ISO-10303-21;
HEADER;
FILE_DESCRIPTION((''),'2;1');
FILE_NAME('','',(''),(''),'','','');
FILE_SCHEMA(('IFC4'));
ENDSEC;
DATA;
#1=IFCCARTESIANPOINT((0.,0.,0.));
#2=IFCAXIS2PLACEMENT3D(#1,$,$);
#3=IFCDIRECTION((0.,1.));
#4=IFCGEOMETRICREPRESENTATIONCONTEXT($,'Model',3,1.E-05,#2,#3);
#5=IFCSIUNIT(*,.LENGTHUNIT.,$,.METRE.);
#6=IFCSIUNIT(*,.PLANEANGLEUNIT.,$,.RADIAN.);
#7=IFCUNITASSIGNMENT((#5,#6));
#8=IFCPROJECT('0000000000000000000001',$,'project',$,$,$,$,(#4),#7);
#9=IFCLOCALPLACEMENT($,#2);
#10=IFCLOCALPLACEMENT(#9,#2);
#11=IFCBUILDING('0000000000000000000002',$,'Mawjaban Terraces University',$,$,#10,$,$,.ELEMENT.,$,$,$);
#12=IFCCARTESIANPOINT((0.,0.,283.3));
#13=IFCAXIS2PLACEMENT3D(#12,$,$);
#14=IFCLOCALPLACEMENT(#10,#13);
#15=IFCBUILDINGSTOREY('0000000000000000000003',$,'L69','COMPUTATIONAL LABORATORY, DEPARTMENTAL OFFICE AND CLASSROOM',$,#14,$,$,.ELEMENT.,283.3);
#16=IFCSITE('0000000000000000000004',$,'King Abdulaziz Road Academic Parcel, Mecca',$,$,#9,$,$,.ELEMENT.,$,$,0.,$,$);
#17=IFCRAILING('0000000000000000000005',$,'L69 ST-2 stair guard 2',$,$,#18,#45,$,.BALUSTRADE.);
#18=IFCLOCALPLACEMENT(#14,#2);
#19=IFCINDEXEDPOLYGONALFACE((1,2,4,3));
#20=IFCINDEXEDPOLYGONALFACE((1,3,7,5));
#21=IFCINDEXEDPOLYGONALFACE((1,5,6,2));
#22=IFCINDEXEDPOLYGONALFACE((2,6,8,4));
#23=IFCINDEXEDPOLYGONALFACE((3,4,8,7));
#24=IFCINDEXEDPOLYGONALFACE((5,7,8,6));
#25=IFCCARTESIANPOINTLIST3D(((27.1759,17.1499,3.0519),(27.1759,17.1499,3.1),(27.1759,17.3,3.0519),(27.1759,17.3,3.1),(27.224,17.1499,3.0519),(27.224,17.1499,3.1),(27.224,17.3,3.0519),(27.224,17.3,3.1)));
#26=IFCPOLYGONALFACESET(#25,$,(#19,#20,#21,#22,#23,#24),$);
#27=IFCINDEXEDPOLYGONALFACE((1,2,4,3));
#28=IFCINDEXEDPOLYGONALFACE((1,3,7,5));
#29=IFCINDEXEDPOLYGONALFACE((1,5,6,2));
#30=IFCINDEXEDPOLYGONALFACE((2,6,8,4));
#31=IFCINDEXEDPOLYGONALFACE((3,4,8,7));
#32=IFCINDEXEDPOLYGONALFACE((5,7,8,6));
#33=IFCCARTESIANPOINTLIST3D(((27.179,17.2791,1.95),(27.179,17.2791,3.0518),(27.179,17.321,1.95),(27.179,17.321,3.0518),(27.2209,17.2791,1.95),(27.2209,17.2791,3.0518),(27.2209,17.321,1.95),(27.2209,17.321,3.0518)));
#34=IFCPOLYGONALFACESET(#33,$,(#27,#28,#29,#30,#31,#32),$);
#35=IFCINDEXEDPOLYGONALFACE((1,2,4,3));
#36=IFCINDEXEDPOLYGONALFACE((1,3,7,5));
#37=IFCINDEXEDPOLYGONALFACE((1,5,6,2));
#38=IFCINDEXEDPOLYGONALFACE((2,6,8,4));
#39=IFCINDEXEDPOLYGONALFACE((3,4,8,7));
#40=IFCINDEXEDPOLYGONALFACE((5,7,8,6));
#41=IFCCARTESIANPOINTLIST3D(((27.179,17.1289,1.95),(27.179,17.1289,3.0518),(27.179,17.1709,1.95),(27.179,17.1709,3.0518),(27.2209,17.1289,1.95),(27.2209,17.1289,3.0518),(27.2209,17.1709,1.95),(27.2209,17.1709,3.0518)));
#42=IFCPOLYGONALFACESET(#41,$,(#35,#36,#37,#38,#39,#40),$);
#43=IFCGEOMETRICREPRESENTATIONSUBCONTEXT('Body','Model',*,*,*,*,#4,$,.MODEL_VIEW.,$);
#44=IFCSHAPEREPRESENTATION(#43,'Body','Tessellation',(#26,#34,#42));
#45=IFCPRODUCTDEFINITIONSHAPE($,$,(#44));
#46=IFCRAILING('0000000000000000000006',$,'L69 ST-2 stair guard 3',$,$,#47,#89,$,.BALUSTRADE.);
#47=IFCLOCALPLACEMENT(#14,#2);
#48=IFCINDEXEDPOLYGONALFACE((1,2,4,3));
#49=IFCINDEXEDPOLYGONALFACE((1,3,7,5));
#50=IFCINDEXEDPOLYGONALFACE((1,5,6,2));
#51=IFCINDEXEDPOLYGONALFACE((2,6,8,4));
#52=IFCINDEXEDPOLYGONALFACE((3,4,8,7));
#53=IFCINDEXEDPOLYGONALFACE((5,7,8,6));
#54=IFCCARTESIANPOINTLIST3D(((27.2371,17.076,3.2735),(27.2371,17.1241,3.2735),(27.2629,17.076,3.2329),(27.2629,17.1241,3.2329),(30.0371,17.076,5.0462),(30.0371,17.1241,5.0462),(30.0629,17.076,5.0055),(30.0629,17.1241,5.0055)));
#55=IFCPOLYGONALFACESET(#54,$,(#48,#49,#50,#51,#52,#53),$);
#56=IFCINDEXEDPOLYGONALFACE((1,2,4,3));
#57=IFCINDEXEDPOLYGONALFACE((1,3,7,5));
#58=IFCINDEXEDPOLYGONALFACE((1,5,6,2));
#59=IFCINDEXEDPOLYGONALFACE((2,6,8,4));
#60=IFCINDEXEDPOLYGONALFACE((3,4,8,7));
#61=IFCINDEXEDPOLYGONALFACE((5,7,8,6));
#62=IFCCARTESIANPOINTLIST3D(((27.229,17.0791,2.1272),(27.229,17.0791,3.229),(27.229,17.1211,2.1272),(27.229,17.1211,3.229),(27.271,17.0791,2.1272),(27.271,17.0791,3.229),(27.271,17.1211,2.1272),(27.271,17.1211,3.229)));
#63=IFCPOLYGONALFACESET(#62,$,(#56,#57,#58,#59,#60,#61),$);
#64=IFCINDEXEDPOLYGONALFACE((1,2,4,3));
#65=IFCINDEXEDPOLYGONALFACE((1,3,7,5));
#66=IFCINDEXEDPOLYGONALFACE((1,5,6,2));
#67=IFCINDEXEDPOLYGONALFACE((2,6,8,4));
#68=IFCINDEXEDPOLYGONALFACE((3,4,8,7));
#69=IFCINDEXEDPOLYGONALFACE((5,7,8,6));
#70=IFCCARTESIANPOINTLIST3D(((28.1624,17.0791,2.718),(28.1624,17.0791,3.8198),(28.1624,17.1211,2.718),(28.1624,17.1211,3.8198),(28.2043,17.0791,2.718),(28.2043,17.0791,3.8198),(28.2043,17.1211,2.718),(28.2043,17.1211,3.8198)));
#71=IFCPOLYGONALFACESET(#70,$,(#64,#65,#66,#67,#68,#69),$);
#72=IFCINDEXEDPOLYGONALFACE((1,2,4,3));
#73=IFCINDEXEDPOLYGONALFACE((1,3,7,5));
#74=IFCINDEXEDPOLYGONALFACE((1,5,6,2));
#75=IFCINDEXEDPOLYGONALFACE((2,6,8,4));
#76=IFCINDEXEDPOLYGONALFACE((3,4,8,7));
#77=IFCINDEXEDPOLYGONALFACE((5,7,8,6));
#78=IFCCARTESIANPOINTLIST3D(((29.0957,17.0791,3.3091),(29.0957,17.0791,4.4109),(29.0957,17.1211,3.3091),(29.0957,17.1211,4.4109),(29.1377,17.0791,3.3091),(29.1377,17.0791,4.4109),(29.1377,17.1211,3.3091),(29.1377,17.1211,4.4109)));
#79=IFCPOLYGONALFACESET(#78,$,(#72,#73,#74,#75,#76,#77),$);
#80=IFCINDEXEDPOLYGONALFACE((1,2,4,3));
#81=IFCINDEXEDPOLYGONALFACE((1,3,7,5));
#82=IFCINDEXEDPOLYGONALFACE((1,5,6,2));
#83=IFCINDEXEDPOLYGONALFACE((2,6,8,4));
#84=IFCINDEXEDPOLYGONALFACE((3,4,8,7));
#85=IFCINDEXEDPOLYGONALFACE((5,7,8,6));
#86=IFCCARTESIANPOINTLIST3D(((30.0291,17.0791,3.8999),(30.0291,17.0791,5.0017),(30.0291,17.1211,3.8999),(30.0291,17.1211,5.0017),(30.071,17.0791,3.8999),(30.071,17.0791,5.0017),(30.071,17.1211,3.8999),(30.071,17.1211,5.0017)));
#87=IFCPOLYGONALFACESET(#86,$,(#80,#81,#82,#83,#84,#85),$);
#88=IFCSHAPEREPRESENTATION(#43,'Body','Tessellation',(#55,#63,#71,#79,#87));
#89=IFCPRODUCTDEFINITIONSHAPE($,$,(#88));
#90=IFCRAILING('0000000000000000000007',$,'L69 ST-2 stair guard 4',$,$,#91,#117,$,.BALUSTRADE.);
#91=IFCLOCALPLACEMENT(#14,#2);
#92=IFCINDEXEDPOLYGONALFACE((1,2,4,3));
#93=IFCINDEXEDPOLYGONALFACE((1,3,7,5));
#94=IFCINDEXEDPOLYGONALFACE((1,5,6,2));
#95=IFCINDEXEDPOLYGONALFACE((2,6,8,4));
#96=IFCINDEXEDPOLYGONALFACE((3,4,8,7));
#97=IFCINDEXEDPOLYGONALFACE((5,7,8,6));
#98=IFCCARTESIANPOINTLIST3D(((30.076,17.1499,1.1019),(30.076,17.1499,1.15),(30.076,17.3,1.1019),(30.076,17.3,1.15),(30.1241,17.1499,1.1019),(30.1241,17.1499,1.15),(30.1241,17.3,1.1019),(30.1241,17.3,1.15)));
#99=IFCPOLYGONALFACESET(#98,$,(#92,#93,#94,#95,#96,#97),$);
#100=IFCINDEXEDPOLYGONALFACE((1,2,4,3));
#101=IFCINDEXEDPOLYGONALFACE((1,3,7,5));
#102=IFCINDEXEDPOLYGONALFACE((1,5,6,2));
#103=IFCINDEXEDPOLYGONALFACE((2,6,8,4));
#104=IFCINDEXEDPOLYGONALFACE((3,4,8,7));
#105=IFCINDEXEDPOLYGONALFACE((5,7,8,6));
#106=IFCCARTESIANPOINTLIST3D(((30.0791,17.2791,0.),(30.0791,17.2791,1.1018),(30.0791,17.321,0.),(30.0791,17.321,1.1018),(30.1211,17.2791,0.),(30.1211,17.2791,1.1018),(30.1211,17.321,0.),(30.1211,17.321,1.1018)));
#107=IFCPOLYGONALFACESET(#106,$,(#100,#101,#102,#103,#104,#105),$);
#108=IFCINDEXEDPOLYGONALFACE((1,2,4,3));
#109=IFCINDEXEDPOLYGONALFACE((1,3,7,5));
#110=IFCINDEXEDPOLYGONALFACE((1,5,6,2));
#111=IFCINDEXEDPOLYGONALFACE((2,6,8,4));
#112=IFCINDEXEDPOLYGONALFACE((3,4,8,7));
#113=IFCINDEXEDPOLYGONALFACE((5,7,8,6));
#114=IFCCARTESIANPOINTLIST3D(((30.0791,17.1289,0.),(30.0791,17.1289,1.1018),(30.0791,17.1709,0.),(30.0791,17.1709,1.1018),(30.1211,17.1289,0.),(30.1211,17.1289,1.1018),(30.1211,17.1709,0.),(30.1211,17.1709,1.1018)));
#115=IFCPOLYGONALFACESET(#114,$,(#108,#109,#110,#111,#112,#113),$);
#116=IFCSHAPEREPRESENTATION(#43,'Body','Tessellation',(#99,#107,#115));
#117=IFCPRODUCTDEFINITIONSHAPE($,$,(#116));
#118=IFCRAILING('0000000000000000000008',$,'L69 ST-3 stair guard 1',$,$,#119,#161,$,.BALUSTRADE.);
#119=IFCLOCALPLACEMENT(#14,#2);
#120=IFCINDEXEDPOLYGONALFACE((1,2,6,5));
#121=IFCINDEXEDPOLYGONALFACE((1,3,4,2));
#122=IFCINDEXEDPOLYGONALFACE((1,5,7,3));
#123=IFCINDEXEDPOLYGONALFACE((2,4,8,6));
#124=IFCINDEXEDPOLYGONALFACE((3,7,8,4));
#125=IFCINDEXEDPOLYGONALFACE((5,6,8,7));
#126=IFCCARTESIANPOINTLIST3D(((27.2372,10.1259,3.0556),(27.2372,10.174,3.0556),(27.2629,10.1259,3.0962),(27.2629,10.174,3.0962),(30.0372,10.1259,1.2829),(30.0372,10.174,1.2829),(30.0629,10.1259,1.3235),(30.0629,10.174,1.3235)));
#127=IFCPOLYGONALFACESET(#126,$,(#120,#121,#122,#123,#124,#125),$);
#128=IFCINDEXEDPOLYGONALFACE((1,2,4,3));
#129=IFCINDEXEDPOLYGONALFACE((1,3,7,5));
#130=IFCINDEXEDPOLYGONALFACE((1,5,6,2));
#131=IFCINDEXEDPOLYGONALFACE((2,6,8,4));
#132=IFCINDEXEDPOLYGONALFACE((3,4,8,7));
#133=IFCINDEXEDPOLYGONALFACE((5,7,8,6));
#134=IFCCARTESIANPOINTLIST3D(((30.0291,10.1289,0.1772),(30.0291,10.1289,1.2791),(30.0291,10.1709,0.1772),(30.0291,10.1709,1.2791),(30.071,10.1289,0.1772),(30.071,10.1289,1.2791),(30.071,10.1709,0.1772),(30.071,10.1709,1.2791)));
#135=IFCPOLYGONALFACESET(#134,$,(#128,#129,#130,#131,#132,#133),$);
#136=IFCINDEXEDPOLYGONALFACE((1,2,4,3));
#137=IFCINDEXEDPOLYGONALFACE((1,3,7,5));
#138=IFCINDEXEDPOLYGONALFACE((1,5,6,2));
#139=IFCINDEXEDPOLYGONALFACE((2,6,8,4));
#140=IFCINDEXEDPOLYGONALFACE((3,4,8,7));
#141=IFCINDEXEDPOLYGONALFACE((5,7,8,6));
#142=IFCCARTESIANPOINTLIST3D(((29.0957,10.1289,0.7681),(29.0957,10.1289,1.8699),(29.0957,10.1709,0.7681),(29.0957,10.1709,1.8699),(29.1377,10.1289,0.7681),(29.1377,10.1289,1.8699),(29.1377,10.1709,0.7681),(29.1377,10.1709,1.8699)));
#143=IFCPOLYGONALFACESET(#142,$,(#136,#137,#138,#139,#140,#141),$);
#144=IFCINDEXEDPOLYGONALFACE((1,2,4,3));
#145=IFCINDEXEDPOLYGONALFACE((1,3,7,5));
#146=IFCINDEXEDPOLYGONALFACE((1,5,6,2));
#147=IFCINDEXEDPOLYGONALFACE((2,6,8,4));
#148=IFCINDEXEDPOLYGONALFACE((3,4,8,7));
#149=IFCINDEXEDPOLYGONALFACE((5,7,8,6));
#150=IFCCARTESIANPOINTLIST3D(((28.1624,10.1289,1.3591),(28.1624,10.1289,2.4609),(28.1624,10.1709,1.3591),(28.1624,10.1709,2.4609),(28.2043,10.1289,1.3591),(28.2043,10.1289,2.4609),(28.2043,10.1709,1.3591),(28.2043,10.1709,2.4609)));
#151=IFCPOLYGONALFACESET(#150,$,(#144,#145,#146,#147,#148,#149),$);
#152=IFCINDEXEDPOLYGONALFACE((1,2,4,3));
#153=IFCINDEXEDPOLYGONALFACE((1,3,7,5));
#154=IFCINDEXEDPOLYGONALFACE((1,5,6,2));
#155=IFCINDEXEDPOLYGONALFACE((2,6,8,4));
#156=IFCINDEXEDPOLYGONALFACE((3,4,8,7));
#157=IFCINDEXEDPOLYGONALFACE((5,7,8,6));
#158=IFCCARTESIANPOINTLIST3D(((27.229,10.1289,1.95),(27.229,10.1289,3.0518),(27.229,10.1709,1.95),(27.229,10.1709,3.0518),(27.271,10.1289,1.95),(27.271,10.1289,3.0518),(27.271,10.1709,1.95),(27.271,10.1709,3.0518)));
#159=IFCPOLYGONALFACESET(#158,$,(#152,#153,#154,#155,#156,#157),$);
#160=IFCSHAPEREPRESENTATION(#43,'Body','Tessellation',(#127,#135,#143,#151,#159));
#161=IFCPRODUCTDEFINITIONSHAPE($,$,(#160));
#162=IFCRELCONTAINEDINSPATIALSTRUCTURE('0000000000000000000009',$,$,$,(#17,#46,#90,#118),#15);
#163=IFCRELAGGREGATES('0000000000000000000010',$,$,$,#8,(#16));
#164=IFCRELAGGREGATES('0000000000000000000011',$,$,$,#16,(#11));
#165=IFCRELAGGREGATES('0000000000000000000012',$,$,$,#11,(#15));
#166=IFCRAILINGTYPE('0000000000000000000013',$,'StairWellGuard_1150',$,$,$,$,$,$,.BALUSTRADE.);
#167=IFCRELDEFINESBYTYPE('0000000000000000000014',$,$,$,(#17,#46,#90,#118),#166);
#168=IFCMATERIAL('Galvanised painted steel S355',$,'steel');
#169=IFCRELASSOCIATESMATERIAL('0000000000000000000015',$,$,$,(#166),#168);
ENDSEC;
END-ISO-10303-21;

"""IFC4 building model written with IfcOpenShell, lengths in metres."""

from ifc_helpers import new_model, si_unit, direction, frame, origin, origin_2d, place, context, subcontext, project, spatial, rectangle, extrude, material, type_object, element, save


model = new_model("IFC4")

# Units and contexts
model_context = context("Model", 3, precision=1e-05, world=origin(), true_north=direction((0.0, 1.0)))
body_context = subcontext(model_context, "Body", "Model", "MODEL_VIEW")
ifc_project = project(units=[si_unit("LENGTHUNIT", "METRE"), si_unit("PLANEANGLEUNIT", "RADIAN")], contexts=[model_context])

# Site, building, storey
site_placement = place(None, origin())
site = spatial("IfcSite", under=ifc_project, at=site_placement, Name="King Abdulaziz Road Academic Parcel, Mecca", CompositionType="ELEMENT", RefElevation=0.0)
building_placement = place(site_placement, origin())
building = spatial("IfcBuilding", under=site, at=building_placement, Name="Mawjaban Terraces University", CompositionType="ELEMENT")
storey_placement = place(building_placement, frame((0.0, 0.0, 283.3)))
storey = spatial("IfcBuildingStorey", under=building, at=storey_placement, Name="L69", Description="COMPUTATIONAL LABORATORY, DEPARTMENTAL OFFICE AND CLASSROOM", CompositionType="ELEMENT", Elevation=283.3)

# Railings
ifc_material_1 = material(Name="Galvanised painted steel S355", Category="steel")
railing_type_1 = type_object("IfcRailingType", Name="StairWellGuard_1150", PredefinedType="BALUSTRADE", material=ifc_material_1)
railing_1_placement = place(storey_placement, frame((27.2, 17.3, 1.95)))
element("IfcRailing", 1, at=railing_1_placement, inside=storey, type_object=railing_type_1, Name="L69 ST-2 stair guard 2", PredefinedType="BALUSTRADE", context=body_context, shape_type="SweptSolid", body=[
    extrude(rectangle(XDim=0.0481, YDim=0.0481, at=origin_2d()), frame((0.0, 0.0, 1.126), z_axis=(0.0, -1.0, 0.0), x_axis=(1.0, 0.0, 0.0)), (0.0, 0.0, 1.0), 0.1501),
    extrude(rectangle(XDim=0.042, YDim=0.042, at=origin_2d()), origin(), (0.0, 0.0, 1.0), 1.1018),
    extrude(rectangle(XDim=0.042, YDim=0.042, at=origin_2d()), frame((0.0, -0.1501, 0.0)), (0.0, 0.0, 1.0), 1.1018),
])
railing_2_placement = place(storey_placement, frame((27.25, 17.1001, 2.1272)))
element("IfcRailing", 2, at=railing_2_placement, inside=storey, type_object=railing_type_1, Name="L69 ST-2 stair guard 3", PredefinedType="BALUSTRADE", context=body_context, shape_type="SweptSolid", body=[
    extrude(rectangle(XDim=0.0481, YDim=0.0481, at=origin_2d()), frame((0.0, 0.0, 1.126), z_axis=(0.844909, 0.0, 0.53491), x_axis=(0.0, 1.0, 0.0)), (0.0, 0.0, 1.0), 3.314),
    extrude(rectangle(XDim=0.042, YDim=0.042, at=origin_2d()), origin(), (0.0, 0.0, 1.0), 1.1018),
    extrude(rectangle(XDim=0.042, YDim=0.042, at=origin_2d()), frame((0.9333, 0.0, 0.5908)), (0.0, 0.0, 1.0), 1.1018),
    extrude(rectangle(XDim=0.042, YDim=0.042, at=origin_2d()), frame((1.8667, 0.0, 1.1819)), (0.0, 0.0, 1.0), 1.1018),
    extrude(rectangle(XDim=0.042, YDim=0.042, at=origin_2d()), frame((2.8, 0.0, 1.7727)), (0.0, 0.0, 1.0), 1.1018),
])
railing_3_placement = place(storey_placement, frame((30.1001, 17.3, 0.0)))
element("IfcRailing", 3, at=railing_3_placement, inside=storey, type_object=railing_type_1, Name="L69 ST-2 stair guard 4", PredefinedType="BALUSTRADE", context=body_context, shape_type="SweptSolid", body=[
    extrude(rectangle(XDim=0.0481, YDim=0.0481, at=origin_2d()), frame((0.0, 0.0, 1.126), z_axis=(0.0, -1.0, 0.0), x_axis=(1.0, 0.0, 0.0)), (0.0, 0.0, 1.0), 0.1501),
    extrude(rectangle(XDim=0.042, YDim=0.042, at=origin_2d()), origin(), (0.0, 0.0, 1.0), 1.1018),
    extrude(rectangle(XDim=0.042, YDim=0.042, at=origin_2d()), frame((0.0, -0.1501, 0.0)), (0.0, 0.0, 1.0), 1.1018),
])
railing_4_placement = place(storey_placement, frame((30.05, 10.1499, 0.1772)))
element("IfcRailing", 4, at=railing_4_placement, inside=storey, type_object=railing_type_1, Name="L69 ST-3 stair guard 1", PredefinedType="BALUSTRADE", context=body_context, shape_type="SweptSolid", body=[
    extrude(rectangle(XDim=0.0481, YDim=0.0481, at=origin_2d()), frame((0.0, 0.0, 1.126), z_axis=(-0.844909, 0.0, 0.53491), x_axis=(0.0, -1.0, 0.0)), (0.0, 0.0, 1.0), 3.314),
    extrude(rectangle(XDim=0.042, YDim=0.042, at=origin_2d()), origin(), (0.0, 0.0, 1.0), 1.1018),
    extrude(rectangle(XDim=0.042, YDim=0.042, at=origin_2d()), frame((-0.9333, 0.0, 0.5908)), (0.0, 0.0, 1.0), 1.1018),
    extrude(rectangle(XDim=0.042, YDim=0.042, at=origin_2d()), frame((-1.8667, 0.0, 1.1819)), (0.0, 0.0, 1.0), 1.1018),
    extrude(rectangle(XDim=0.042, YDim=0.042, at=origin_2d()), frame((-2.8, 0.0, 1.7727)), (0.0, 0.0, 1.0), 1.1018),
])

save(model, "model.ifc")
